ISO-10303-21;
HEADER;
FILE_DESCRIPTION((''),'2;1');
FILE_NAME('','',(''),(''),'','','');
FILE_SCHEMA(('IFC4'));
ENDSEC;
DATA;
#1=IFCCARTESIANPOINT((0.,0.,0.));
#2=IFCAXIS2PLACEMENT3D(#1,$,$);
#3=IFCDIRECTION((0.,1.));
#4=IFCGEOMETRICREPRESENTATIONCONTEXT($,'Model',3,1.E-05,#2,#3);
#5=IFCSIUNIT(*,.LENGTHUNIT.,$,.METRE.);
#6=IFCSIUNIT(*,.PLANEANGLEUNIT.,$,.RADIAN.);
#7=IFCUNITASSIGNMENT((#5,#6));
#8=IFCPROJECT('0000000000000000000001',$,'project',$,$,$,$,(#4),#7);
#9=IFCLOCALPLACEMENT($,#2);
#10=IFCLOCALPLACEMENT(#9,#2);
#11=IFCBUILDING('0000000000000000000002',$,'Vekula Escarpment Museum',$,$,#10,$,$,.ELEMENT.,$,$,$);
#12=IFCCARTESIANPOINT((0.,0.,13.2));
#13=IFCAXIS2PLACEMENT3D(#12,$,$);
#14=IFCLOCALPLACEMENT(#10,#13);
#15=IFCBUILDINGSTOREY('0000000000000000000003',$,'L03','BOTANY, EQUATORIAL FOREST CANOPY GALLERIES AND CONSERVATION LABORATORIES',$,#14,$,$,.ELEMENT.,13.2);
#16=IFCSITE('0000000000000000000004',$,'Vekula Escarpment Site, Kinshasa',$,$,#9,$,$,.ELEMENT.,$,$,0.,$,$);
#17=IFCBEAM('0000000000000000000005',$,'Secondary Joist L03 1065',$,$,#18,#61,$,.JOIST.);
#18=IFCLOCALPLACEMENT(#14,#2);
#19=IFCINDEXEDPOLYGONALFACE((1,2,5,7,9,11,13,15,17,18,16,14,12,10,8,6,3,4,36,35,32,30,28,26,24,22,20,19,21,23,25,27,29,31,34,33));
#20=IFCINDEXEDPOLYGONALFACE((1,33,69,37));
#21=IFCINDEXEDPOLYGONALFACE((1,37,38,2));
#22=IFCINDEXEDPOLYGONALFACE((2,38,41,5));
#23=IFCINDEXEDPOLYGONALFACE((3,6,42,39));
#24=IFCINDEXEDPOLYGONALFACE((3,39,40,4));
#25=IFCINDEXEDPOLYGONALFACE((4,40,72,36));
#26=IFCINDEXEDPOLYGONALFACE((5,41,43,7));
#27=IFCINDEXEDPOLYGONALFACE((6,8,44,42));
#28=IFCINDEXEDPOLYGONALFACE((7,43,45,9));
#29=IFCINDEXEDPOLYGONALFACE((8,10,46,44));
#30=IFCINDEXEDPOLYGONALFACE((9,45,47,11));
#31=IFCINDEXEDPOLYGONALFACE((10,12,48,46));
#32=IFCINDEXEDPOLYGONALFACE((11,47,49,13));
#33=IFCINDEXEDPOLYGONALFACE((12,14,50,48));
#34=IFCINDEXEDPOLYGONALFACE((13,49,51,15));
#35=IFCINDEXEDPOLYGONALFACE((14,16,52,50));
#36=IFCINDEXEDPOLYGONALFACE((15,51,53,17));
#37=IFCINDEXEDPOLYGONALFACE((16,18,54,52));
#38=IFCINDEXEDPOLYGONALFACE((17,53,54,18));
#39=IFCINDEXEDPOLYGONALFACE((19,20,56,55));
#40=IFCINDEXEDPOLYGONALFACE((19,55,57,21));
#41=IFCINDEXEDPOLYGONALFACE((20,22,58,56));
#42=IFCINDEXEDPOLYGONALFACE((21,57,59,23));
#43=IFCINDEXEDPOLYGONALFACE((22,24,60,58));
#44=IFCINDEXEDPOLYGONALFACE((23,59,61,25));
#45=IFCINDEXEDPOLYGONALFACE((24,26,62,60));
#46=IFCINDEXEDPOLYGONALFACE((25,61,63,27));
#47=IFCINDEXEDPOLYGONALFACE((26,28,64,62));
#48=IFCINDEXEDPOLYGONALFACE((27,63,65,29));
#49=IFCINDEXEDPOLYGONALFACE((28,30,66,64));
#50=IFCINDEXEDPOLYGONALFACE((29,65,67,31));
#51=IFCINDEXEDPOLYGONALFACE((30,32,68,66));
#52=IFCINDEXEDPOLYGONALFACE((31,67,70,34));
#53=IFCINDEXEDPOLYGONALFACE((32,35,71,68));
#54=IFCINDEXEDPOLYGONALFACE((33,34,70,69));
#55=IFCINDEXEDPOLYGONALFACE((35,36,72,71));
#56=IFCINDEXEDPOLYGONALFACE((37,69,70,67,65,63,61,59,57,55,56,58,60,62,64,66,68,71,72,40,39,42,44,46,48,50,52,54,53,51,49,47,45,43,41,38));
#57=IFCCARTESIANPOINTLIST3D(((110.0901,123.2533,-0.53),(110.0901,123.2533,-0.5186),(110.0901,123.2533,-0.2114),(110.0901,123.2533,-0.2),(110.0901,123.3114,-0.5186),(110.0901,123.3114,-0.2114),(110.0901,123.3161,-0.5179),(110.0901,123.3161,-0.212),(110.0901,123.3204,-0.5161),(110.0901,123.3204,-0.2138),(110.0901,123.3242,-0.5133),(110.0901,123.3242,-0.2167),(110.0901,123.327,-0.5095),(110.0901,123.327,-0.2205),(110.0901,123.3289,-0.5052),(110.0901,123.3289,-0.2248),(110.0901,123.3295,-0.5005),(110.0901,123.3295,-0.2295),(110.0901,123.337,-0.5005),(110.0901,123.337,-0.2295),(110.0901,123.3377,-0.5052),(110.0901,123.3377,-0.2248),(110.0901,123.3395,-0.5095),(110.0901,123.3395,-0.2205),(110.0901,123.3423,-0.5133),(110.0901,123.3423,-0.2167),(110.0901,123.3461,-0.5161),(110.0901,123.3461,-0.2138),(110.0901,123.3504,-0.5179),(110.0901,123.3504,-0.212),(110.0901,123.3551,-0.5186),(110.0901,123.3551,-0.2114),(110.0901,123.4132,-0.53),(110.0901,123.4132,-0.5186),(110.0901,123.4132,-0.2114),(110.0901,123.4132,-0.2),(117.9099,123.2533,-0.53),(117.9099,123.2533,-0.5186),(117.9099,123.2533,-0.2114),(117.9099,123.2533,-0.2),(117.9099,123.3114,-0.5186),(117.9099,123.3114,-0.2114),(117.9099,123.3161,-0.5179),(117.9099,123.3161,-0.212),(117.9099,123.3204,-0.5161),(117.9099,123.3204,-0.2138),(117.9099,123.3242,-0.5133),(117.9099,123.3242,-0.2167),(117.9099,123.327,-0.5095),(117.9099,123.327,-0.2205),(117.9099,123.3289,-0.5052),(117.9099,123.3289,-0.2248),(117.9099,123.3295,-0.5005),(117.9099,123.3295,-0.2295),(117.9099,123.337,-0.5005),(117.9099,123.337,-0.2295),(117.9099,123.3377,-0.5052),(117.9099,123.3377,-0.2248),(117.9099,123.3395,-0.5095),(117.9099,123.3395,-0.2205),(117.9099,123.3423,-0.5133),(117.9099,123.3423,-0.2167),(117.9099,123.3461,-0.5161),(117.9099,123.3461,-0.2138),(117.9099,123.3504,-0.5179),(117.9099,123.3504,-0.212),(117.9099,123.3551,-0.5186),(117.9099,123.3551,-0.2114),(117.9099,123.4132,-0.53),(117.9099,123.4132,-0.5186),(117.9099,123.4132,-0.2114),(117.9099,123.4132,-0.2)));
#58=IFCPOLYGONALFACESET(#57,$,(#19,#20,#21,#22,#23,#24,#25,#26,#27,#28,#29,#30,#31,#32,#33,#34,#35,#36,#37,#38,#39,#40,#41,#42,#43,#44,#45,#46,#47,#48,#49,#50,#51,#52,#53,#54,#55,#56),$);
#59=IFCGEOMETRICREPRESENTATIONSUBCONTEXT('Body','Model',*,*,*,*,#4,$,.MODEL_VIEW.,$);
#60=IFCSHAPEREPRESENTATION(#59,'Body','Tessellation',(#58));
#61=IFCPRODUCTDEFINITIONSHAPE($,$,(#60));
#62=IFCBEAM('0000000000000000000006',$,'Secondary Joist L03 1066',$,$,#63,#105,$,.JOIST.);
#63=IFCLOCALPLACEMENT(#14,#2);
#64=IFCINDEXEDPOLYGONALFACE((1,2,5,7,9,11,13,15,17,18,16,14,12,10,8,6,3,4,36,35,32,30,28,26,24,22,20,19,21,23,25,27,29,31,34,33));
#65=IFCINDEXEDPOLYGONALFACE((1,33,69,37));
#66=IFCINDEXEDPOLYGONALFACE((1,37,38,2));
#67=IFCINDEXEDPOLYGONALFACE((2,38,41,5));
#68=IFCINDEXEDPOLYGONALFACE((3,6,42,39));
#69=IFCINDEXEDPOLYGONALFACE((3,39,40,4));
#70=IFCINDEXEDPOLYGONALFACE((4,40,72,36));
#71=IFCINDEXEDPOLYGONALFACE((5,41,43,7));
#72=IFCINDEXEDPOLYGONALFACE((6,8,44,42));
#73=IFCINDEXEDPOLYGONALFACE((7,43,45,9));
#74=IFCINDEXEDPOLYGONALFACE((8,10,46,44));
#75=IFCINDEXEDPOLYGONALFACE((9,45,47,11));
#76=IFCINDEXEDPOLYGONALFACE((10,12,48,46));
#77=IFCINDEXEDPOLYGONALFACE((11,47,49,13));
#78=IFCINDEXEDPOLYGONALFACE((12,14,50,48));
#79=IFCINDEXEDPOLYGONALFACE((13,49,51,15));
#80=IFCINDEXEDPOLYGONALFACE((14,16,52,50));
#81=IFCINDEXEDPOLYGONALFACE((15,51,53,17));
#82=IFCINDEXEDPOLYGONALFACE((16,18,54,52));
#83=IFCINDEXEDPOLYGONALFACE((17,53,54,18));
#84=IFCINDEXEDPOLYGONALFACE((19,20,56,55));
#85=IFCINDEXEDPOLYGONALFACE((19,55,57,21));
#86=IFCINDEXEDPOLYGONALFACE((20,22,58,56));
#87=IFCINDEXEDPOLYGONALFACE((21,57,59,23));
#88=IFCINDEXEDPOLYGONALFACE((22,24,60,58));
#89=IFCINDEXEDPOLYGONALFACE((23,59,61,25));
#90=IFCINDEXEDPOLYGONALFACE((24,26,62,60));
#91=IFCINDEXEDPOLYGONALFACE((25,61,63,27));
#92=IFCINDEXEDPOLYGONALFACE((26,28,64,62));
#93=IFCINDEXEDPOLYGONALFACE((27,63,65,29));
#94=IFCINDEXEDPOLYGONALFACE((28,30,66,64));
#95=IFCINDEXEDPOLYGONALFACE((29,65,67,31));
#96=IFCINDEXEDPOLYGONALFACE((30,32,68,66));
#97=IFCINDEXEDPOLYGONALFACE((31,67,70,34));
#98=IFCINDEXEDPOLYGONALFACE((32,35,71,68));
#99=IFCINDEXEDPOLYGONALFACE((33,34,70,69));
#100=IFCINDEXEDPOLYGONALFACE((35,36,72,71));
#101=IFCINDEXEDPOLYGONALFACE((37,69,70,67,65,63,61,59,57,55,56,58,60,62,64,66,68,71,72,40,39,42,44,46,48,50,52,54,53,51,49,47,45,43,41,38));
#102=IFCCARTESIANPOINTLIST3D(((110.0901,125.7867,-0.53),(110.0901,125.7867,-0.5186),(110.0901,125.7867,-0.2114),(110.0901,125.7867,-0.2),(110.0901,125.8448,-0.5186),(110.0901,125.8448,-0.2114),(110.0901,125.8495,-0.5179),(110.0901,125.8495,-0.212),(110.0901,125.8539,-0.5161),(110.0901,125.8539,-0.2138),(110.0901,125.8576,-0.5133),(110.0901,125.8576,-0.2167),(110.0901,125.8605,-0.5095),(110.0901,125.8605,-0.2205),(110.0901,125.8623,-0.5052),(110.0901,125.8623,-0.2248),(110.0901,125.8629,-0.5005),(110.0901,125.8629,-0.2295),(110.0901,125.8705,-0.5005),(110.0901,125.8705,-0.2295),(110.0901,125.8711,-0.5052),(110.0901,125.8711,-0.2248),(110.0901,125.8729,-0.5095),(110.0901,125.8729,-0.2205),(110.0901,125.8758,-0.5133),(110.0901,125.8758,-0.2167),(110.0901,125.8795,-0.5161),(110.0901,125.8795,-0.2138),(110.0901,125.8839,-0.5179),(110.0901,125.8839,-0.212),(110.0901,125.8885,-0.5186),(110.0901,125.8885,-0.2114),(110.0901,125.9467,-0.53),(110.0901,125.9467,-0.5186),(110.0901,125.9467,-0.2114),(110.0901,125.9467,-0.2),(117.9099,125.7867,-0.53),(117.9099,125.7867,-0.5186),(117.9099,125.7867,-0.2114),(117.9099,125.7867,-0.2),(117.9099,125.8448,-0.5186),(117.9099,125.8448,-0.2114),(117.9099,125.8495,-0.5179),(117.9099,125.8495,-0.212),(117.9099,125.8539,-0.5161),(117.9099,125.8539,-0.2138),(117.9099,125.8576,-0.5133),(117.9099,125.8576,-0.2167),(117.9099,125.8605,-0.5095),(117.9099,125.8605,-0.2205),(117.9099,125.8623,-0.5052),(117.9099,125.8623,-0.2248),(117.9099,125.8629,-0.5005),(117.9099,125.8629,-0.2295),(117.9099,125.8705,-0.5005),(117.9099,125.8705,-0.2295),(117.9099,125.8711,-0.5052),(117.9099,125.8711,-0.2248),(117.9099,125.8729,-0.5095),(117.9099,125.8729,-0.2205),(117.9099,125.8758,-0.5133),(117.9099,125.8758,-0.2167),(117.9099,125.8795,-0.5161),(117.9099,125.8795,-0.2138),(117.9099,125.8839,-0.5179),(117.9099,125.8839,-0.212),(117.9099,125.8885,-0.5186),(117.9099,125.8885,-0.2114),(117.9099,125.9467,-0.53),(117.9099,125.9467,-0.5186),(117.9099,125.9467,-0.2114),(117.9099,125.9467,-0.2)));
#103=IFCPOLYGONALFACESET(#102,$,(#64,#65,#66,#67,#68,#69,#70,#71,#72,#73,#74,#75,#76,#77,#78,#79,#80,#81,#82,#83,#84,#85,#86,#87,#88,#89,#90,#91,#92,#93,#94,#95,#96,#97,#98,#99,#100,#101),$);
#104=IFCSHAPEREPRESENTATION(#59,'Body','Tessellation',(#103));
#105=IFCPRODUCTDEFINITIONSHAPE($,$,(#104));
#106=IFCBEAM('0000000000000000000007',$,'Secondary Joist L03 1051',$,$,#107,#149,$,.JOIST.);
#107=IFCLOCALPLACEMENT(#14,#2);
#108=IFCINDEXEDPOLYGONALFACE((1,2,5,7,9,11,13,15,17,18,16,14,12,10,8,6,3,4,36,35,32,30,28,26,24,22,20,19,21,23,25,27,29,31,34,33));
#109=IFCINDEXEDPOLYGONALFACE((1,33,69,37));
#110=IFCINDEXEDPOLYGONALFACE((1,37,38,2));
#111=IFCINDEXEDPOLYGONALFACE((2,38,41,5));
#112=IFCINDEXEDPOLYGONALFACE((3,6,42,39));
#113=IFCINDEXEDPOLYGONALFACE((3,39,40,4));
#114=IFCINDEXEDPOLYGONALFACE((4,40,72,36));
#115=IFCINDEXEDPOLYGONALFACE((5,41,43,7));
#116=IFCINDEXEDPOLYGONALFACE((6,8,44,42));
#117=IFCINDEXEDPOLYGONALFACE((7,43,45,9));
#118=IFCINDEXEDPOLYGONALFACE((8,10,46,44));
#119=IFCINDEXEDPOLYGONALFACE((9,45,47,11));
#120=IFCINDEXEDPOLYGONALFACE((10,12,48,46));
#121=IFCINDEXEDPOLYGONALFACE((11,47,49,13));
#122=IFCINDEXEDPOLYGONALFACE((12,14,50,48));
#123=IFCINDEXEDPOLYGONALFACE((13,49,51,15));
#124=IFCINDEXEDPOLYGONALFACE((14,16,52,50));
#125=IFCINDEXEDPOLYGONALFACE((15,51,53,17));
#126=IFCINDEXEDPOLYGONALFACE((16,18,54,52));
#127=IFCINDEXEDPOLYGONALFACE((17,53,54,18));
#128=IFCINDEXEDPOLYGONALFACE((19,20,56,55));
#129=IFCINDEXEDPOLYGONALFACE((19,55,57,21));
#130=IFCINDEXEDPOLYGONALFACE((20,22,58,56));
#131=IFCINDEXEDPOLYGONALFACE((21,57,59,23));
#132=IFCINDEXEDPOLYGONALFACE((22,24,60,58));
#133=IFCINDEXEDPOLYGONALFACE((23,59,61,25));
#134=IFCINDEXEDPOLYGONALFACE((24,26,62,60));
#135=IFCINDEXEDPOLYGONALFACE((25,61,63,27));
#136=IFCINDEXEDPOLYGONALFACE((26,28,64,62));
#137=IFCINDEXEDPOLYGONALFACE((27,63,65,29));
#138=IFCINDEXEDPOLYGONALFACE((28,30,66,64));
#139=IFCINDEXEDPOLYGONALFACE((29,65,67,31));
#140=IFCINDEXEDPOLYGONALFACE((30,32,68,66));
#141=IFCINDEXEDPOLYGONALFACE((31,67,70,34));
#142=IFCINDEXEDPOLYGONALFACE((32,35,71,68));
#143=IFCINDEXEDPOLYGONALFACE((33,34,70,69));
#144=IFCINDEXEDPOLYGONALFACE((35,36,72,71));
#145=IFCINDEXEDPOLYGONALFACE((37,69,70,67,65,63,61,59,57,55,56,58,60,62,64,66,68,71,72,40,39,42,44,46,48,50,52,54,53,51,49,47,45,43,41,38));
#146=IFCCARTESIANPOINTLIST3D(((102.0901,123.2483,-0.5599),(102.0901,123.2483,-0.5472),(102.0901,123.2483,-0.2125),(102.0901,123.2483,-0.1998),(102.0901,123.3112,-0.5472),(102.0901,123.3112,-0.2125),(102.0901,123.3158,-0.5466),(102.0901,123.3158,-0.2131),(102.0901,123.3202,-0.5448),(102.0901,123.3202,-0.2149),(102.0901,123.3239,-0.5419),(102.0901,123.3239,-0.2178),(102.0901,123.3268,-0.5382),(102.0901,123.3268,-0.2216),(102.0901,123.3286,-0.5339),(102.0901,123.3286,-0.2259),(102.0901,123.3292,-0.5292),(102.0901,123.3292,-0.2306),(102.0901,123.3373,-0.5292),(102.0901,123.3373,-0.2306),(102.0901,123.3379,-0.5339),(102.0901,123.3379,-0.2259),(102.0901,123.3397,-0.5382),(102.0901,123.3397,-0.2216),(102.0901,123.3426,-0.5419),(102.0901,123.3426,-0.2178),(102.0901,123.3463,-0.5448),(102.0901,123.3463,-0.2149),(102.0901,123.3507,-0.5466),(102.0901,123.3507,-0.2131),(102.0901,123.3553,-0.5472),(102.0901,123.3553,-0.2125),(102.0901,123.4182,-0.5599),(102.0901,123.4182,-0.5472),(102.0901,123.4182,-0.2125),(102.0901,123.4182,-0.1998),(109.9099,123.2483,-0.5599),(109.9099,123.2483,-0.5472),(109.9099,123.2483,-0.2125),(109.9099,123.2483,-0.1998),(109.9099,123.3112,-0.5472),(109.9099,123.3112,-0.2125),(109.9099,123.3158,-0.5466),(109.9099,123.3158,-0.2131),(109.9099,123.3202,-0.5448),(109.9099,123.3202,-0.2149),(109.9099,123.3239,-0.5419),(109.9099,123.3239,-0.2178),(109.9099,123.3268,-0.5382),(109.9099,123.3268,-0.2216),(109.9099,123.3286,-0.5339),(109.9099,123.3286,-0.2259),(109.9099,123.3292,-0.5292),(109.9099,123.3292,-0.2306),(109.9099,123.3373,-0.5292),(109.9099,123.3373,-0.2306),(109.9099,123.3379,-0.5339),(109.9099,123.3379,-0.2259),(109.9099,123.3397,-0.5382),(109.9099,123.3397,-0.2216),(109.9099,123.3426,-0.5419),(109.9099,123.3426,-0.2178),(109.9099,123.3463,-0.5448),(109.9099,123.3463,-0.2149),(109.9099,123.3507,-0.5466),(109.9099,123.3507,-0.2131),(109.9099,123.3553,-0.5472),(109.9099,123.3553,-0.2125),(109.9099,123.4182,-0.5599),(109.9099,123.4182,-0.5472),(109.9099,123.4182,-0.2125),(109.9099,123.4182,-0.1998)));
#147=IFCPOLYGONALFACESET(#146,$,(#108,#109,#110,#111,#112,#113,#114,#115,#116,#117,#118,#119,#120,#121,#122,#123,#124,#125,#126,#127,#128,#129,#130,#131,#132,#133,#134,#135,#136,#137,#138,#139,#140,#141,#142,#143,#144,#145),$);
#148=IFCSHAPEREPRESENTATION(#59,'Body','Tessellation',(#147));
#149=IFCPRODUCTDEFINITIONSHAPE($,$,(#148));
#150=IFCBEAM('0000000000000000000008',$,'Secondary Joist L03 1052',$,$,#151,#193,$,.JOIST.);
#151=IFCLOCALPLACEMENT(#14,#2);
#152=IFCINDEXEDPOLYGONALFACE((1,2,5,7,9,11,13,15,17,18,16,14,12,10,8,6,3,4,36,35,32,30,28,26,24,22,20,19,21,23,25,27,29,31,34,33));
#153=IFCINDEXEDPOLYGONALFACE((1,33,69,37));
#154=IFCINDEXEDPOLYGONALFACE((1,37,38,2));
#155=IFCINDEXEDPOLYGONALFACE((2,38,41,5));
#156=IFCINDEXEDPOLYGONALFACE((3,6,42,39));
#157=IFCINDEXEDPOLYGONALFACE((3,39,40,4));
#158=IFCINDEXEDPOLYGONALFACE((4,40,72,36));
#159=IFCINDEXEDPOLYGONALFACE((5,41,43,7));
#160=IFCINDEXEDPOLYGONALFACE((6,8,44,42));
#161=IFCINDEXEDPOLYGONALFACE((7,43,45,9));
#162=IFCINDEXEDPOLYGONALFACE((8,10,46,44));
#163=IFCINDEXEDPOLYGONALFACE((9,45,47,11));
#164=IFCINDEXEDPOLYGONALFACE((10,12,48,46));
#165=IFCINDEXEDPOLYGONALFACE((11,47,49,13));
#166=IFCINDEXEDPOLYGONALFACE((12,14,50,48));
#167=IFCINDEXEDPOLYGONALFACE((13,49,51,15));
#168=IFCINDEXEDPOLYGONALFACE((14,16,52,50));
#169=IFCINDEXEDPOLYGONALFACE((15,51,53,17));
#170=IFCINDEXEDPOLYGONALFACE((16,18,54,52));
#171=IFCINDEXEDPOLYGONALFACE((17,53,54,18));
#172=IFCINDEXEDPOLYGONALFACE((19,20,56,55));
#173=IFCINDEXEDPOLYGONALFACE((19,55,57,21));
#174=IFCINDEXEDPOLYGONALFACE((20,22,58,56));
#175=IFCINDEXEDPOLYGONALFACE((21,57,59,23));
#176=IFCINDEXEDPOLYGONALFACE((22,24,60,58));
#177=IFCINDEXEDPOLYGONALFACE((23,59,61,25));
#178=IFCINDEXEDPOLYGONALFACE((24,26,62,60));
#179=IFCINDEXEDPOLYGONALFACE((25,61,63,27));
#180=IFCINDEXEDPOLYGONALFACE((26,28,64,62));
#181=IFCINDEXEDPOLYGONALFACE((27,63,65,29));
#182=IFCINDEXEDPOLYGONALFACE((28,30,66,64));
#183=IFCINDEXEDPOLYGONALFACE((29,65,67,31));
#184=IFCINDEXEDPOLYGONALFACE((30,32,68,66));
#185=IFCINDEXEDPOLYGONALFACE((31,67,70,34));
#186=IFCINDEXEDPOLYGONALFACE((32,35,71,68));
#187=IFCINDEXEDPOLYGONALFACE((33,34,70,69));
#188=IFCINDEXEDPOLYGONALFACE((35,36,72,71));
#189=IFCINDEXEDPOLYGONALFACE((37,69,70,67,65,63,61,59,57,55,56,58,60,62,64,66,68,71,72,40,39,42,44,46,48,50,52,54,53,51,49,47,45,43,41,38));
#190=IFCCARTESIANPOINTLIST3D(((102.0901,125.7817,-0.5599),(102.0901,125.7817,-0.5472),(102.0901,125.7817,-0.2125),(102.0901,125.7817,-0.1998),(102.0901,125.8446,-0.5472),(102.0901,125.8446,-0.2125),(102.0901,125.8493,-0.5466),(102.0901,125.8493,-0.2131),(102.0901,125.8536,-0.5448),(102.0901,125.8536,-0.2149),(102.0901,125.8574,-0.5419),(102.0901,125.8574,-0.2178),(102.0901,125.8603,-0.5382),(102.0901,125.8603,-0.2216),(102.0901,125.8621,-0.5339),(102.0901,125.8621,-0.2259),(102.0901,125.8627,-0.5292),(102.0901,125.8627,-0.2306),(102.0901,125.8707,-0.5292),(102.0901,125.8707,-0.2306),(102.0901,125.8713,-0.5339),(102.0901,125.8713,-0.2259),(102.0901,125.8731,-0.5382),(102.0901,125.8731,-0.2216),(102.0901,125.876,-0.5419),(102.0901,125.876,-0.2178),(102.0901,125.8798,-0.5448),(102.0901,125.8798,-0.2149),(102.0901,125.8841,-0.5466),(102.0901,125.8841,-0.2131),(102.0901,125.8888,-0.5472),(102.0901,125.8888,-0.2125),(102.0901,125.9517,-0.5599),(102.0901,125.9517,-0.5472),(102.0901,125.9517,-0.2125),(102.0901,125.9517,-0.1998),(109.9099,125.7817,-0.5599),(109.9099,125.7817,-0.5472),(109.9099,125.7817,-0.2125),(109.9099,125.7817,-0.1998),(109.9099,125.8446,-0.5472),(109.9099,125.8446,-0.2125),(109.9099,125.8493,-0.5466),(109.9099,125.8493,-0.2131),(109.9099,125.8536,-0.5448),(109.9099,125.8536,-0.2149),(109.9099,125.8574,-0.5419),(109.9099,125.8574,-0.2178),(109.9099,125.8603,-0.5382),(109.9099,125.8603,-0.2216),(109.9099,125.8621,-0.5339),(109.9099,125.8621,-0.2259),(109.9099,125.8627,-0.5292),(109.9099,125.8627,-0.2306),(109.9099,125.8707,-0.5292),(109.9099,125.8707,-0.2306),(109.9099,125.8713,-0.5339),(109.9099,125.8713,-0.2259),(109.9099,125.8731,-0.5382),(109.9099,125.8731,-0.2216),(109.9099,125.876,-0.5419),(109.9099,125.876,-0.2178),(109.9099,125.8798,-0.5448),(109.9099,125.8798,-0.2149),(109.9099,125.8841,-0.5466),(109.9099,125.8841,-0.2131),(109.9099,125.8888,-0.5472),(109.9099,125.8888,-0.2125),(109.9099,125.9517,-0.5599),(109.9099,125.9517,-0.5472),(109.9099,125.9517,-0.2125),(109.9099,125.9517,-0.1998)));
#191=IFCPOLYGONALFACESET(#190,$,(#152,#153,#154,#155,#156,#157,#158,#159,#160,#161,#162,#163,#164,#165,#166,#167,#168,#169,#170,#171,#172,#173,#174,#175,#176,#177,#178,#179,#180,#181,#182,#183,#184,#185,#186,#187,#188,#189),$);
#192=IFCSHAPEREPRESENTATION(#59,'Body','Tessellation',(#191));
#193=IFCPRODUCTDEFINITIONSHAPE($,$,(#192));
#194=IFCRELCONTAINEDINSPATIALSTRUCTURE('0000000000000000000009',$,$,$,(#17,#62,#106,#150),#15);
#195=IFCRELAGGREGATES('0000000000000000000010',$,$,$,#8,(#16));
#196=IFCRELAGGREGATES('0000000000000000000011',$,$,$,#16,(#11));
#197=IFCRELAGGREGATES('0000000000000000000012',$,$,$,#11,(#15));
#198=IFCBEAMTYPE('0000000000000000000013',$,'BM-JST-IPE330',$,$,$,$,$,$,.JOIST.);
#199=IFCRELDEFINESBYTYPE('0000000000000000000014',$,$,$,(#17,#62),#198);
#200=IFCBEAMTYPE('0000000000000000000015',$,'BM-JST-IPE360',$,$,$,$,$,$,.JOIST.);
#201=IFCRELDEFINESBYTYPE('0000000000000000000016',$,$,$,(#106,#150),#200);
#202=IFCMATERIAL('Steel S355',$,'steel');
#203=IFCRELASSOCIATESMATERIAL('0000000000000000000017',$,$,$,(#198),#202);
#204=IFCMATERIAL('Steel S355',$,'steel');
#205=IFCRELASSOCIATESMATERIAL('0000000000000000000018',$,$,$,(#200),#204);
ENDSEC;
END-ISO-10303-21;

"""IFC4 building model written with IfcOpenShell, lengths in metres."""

from ifc_helpers import new_model, si_unit, direction, frame, origin, origin_2d, place, context, subcontext, project, spatial, i_section, extrude, material, material_profile, profile_set, type_object, element, save


model = new_model("IFC4")

# Units and contexts
model_context = context("Model", 3, precision=1e-05, world=origin(), true_north=direction((0.0, 1.0)))
body_context = subcontext(model_context, "Body", "Model", "MODEL_VIEW")
ifc_project = project(units=[si_unit("LENGTHUNIT", "METRE"), si_unit("PLANEANGLEUNIT", "RADIAN")], contexts=[model_context])

# Site, building, storey
site_placement = place(None, origin())
site = spatial("IfcSite", under=ifc_project, at=site_placement, Name="Vekula Escarpment Site, Kinshasa", CompositionType="ELEMENT", RefElevation=0.0)
building_placement = place(site_placement, origin())
building = spatial("IfcBuilding", under=site, at=building_placement, Name="Vekula Escarpment Museum", CompositionType="ELEMENT")
storey_placement = place(building_placement, frame((0.0, 0.0, 13.2)))
storey = spatial("IfcBuildingStorey", under=building, at=storey_placement, Name="L03", Description="BOTANY, EQUATORIAL FOREST CANOPY GALLERIES AND CONSERVATION LABORATORIES", CompositionType="ELEMENT", Elevation=13.2)

# Beams
ifc_material_1 = material(Name="Steel S355", Category="steel")
ifc_material_profile_1 = material_profile(ifc_material_1, i_section(OverallWidth=0.1599, OverallDepth=0.3301, WebThickness=0.0076, FlangeThickness=0.0115, FilletRadius=0.0181, at=origin_2d()), Name="IPE 330")
ifc_profile_set_1 = profile_set([ifc_material_profile_1], Name="Steel S355")
beam_type_1 = type_object("IfcBeamType", Name="BM-JST-IPE330", PredefinedType="JOIST", material=ifc_profile_set_1)
for number, where, z_axis, x_axis, name in (
    (1, (110.0901, 123.3333, -0.365), (1.0, 0.0, 0.0), (0.0, 1.0, 0.0), "Secondary Joist L03 1065"),
    (2, (110.0901, 125.8667, -0.365), (1.0, 0.0, 0.0), (0.0, 1.0, 0.0), "Secondary Joist L03 1066"),
):
    element("IfcBeam", number, at=place(storey_placement, frame(where, z_axis=z_axis, x_axis=x_axis)), inside=storey, type_object=beam_type_1, Name=name, PredefinedType="JOIST", context=body_context, shape_type="SweptSolid", body=[
        extrude(i_section(OverallWidth=0.1599, OverallDepth=0.3301, WebThickness=0.0076, FlangeThickness=0.0115, FilletRadius=0.0181, at=origin_2d()), origin(), (0.0, 0.0, 1.0), 7.8198),
    ])
ifc_material_2 = material(Name="Steel S355", Category="steel")
ifc_material_profile_2 = material_profile(ifc_material_2, i_section(OverallWidth=0.1699, OverallDepth=0.3601, WebThickness=0.0081, FlangeThickness=0.0127, FilletRadius=0.0181, at=origin_2d()), Name="IPE 360")
ifc_profile_set_2 = profile_set([ifc_material_profile_2], Name="Steel S355")
beam_type_2 = type_object("IfcBeamType", Name="BM-JST-IPE360", PredefinedType="JOIST", material=ifc_profile_set_2)
for number, where, z_axis, x_axis, name in (
    (3, (102.0901, 123.3333, -0.3799), (1.0, 0.0, 0.0), (0.0, 1.0, 0.0), "Secondary Joist L03 1051"),
    (4, (102.0901, 125.8667, -0.3799), (1.0, 0.0, 0.0), (0.0, 1.0, 0.0), "Secondary Joist L03 1052"),
):
    element("IfcBeam", number, at=place(storey_placement, frame(where, z_axis=z_axis, x_axis=x_axis)), inside=storey, type_object=beam_type_2, Name=name, PredefinedType="JOIST", context=body_context, shape_type="SweptSolid", body=[
        extrude(i_section(OverallWidth=0.1699, OverallDepth=0.3601, WebThickness=0.0081, FlangeThickness=0.0127, FilletRadius=0.0181, at=origin_2d()), origin(), (0.0, 0.0, 1.0), 7.8198),
    ])

save(model, "model.ifc")
